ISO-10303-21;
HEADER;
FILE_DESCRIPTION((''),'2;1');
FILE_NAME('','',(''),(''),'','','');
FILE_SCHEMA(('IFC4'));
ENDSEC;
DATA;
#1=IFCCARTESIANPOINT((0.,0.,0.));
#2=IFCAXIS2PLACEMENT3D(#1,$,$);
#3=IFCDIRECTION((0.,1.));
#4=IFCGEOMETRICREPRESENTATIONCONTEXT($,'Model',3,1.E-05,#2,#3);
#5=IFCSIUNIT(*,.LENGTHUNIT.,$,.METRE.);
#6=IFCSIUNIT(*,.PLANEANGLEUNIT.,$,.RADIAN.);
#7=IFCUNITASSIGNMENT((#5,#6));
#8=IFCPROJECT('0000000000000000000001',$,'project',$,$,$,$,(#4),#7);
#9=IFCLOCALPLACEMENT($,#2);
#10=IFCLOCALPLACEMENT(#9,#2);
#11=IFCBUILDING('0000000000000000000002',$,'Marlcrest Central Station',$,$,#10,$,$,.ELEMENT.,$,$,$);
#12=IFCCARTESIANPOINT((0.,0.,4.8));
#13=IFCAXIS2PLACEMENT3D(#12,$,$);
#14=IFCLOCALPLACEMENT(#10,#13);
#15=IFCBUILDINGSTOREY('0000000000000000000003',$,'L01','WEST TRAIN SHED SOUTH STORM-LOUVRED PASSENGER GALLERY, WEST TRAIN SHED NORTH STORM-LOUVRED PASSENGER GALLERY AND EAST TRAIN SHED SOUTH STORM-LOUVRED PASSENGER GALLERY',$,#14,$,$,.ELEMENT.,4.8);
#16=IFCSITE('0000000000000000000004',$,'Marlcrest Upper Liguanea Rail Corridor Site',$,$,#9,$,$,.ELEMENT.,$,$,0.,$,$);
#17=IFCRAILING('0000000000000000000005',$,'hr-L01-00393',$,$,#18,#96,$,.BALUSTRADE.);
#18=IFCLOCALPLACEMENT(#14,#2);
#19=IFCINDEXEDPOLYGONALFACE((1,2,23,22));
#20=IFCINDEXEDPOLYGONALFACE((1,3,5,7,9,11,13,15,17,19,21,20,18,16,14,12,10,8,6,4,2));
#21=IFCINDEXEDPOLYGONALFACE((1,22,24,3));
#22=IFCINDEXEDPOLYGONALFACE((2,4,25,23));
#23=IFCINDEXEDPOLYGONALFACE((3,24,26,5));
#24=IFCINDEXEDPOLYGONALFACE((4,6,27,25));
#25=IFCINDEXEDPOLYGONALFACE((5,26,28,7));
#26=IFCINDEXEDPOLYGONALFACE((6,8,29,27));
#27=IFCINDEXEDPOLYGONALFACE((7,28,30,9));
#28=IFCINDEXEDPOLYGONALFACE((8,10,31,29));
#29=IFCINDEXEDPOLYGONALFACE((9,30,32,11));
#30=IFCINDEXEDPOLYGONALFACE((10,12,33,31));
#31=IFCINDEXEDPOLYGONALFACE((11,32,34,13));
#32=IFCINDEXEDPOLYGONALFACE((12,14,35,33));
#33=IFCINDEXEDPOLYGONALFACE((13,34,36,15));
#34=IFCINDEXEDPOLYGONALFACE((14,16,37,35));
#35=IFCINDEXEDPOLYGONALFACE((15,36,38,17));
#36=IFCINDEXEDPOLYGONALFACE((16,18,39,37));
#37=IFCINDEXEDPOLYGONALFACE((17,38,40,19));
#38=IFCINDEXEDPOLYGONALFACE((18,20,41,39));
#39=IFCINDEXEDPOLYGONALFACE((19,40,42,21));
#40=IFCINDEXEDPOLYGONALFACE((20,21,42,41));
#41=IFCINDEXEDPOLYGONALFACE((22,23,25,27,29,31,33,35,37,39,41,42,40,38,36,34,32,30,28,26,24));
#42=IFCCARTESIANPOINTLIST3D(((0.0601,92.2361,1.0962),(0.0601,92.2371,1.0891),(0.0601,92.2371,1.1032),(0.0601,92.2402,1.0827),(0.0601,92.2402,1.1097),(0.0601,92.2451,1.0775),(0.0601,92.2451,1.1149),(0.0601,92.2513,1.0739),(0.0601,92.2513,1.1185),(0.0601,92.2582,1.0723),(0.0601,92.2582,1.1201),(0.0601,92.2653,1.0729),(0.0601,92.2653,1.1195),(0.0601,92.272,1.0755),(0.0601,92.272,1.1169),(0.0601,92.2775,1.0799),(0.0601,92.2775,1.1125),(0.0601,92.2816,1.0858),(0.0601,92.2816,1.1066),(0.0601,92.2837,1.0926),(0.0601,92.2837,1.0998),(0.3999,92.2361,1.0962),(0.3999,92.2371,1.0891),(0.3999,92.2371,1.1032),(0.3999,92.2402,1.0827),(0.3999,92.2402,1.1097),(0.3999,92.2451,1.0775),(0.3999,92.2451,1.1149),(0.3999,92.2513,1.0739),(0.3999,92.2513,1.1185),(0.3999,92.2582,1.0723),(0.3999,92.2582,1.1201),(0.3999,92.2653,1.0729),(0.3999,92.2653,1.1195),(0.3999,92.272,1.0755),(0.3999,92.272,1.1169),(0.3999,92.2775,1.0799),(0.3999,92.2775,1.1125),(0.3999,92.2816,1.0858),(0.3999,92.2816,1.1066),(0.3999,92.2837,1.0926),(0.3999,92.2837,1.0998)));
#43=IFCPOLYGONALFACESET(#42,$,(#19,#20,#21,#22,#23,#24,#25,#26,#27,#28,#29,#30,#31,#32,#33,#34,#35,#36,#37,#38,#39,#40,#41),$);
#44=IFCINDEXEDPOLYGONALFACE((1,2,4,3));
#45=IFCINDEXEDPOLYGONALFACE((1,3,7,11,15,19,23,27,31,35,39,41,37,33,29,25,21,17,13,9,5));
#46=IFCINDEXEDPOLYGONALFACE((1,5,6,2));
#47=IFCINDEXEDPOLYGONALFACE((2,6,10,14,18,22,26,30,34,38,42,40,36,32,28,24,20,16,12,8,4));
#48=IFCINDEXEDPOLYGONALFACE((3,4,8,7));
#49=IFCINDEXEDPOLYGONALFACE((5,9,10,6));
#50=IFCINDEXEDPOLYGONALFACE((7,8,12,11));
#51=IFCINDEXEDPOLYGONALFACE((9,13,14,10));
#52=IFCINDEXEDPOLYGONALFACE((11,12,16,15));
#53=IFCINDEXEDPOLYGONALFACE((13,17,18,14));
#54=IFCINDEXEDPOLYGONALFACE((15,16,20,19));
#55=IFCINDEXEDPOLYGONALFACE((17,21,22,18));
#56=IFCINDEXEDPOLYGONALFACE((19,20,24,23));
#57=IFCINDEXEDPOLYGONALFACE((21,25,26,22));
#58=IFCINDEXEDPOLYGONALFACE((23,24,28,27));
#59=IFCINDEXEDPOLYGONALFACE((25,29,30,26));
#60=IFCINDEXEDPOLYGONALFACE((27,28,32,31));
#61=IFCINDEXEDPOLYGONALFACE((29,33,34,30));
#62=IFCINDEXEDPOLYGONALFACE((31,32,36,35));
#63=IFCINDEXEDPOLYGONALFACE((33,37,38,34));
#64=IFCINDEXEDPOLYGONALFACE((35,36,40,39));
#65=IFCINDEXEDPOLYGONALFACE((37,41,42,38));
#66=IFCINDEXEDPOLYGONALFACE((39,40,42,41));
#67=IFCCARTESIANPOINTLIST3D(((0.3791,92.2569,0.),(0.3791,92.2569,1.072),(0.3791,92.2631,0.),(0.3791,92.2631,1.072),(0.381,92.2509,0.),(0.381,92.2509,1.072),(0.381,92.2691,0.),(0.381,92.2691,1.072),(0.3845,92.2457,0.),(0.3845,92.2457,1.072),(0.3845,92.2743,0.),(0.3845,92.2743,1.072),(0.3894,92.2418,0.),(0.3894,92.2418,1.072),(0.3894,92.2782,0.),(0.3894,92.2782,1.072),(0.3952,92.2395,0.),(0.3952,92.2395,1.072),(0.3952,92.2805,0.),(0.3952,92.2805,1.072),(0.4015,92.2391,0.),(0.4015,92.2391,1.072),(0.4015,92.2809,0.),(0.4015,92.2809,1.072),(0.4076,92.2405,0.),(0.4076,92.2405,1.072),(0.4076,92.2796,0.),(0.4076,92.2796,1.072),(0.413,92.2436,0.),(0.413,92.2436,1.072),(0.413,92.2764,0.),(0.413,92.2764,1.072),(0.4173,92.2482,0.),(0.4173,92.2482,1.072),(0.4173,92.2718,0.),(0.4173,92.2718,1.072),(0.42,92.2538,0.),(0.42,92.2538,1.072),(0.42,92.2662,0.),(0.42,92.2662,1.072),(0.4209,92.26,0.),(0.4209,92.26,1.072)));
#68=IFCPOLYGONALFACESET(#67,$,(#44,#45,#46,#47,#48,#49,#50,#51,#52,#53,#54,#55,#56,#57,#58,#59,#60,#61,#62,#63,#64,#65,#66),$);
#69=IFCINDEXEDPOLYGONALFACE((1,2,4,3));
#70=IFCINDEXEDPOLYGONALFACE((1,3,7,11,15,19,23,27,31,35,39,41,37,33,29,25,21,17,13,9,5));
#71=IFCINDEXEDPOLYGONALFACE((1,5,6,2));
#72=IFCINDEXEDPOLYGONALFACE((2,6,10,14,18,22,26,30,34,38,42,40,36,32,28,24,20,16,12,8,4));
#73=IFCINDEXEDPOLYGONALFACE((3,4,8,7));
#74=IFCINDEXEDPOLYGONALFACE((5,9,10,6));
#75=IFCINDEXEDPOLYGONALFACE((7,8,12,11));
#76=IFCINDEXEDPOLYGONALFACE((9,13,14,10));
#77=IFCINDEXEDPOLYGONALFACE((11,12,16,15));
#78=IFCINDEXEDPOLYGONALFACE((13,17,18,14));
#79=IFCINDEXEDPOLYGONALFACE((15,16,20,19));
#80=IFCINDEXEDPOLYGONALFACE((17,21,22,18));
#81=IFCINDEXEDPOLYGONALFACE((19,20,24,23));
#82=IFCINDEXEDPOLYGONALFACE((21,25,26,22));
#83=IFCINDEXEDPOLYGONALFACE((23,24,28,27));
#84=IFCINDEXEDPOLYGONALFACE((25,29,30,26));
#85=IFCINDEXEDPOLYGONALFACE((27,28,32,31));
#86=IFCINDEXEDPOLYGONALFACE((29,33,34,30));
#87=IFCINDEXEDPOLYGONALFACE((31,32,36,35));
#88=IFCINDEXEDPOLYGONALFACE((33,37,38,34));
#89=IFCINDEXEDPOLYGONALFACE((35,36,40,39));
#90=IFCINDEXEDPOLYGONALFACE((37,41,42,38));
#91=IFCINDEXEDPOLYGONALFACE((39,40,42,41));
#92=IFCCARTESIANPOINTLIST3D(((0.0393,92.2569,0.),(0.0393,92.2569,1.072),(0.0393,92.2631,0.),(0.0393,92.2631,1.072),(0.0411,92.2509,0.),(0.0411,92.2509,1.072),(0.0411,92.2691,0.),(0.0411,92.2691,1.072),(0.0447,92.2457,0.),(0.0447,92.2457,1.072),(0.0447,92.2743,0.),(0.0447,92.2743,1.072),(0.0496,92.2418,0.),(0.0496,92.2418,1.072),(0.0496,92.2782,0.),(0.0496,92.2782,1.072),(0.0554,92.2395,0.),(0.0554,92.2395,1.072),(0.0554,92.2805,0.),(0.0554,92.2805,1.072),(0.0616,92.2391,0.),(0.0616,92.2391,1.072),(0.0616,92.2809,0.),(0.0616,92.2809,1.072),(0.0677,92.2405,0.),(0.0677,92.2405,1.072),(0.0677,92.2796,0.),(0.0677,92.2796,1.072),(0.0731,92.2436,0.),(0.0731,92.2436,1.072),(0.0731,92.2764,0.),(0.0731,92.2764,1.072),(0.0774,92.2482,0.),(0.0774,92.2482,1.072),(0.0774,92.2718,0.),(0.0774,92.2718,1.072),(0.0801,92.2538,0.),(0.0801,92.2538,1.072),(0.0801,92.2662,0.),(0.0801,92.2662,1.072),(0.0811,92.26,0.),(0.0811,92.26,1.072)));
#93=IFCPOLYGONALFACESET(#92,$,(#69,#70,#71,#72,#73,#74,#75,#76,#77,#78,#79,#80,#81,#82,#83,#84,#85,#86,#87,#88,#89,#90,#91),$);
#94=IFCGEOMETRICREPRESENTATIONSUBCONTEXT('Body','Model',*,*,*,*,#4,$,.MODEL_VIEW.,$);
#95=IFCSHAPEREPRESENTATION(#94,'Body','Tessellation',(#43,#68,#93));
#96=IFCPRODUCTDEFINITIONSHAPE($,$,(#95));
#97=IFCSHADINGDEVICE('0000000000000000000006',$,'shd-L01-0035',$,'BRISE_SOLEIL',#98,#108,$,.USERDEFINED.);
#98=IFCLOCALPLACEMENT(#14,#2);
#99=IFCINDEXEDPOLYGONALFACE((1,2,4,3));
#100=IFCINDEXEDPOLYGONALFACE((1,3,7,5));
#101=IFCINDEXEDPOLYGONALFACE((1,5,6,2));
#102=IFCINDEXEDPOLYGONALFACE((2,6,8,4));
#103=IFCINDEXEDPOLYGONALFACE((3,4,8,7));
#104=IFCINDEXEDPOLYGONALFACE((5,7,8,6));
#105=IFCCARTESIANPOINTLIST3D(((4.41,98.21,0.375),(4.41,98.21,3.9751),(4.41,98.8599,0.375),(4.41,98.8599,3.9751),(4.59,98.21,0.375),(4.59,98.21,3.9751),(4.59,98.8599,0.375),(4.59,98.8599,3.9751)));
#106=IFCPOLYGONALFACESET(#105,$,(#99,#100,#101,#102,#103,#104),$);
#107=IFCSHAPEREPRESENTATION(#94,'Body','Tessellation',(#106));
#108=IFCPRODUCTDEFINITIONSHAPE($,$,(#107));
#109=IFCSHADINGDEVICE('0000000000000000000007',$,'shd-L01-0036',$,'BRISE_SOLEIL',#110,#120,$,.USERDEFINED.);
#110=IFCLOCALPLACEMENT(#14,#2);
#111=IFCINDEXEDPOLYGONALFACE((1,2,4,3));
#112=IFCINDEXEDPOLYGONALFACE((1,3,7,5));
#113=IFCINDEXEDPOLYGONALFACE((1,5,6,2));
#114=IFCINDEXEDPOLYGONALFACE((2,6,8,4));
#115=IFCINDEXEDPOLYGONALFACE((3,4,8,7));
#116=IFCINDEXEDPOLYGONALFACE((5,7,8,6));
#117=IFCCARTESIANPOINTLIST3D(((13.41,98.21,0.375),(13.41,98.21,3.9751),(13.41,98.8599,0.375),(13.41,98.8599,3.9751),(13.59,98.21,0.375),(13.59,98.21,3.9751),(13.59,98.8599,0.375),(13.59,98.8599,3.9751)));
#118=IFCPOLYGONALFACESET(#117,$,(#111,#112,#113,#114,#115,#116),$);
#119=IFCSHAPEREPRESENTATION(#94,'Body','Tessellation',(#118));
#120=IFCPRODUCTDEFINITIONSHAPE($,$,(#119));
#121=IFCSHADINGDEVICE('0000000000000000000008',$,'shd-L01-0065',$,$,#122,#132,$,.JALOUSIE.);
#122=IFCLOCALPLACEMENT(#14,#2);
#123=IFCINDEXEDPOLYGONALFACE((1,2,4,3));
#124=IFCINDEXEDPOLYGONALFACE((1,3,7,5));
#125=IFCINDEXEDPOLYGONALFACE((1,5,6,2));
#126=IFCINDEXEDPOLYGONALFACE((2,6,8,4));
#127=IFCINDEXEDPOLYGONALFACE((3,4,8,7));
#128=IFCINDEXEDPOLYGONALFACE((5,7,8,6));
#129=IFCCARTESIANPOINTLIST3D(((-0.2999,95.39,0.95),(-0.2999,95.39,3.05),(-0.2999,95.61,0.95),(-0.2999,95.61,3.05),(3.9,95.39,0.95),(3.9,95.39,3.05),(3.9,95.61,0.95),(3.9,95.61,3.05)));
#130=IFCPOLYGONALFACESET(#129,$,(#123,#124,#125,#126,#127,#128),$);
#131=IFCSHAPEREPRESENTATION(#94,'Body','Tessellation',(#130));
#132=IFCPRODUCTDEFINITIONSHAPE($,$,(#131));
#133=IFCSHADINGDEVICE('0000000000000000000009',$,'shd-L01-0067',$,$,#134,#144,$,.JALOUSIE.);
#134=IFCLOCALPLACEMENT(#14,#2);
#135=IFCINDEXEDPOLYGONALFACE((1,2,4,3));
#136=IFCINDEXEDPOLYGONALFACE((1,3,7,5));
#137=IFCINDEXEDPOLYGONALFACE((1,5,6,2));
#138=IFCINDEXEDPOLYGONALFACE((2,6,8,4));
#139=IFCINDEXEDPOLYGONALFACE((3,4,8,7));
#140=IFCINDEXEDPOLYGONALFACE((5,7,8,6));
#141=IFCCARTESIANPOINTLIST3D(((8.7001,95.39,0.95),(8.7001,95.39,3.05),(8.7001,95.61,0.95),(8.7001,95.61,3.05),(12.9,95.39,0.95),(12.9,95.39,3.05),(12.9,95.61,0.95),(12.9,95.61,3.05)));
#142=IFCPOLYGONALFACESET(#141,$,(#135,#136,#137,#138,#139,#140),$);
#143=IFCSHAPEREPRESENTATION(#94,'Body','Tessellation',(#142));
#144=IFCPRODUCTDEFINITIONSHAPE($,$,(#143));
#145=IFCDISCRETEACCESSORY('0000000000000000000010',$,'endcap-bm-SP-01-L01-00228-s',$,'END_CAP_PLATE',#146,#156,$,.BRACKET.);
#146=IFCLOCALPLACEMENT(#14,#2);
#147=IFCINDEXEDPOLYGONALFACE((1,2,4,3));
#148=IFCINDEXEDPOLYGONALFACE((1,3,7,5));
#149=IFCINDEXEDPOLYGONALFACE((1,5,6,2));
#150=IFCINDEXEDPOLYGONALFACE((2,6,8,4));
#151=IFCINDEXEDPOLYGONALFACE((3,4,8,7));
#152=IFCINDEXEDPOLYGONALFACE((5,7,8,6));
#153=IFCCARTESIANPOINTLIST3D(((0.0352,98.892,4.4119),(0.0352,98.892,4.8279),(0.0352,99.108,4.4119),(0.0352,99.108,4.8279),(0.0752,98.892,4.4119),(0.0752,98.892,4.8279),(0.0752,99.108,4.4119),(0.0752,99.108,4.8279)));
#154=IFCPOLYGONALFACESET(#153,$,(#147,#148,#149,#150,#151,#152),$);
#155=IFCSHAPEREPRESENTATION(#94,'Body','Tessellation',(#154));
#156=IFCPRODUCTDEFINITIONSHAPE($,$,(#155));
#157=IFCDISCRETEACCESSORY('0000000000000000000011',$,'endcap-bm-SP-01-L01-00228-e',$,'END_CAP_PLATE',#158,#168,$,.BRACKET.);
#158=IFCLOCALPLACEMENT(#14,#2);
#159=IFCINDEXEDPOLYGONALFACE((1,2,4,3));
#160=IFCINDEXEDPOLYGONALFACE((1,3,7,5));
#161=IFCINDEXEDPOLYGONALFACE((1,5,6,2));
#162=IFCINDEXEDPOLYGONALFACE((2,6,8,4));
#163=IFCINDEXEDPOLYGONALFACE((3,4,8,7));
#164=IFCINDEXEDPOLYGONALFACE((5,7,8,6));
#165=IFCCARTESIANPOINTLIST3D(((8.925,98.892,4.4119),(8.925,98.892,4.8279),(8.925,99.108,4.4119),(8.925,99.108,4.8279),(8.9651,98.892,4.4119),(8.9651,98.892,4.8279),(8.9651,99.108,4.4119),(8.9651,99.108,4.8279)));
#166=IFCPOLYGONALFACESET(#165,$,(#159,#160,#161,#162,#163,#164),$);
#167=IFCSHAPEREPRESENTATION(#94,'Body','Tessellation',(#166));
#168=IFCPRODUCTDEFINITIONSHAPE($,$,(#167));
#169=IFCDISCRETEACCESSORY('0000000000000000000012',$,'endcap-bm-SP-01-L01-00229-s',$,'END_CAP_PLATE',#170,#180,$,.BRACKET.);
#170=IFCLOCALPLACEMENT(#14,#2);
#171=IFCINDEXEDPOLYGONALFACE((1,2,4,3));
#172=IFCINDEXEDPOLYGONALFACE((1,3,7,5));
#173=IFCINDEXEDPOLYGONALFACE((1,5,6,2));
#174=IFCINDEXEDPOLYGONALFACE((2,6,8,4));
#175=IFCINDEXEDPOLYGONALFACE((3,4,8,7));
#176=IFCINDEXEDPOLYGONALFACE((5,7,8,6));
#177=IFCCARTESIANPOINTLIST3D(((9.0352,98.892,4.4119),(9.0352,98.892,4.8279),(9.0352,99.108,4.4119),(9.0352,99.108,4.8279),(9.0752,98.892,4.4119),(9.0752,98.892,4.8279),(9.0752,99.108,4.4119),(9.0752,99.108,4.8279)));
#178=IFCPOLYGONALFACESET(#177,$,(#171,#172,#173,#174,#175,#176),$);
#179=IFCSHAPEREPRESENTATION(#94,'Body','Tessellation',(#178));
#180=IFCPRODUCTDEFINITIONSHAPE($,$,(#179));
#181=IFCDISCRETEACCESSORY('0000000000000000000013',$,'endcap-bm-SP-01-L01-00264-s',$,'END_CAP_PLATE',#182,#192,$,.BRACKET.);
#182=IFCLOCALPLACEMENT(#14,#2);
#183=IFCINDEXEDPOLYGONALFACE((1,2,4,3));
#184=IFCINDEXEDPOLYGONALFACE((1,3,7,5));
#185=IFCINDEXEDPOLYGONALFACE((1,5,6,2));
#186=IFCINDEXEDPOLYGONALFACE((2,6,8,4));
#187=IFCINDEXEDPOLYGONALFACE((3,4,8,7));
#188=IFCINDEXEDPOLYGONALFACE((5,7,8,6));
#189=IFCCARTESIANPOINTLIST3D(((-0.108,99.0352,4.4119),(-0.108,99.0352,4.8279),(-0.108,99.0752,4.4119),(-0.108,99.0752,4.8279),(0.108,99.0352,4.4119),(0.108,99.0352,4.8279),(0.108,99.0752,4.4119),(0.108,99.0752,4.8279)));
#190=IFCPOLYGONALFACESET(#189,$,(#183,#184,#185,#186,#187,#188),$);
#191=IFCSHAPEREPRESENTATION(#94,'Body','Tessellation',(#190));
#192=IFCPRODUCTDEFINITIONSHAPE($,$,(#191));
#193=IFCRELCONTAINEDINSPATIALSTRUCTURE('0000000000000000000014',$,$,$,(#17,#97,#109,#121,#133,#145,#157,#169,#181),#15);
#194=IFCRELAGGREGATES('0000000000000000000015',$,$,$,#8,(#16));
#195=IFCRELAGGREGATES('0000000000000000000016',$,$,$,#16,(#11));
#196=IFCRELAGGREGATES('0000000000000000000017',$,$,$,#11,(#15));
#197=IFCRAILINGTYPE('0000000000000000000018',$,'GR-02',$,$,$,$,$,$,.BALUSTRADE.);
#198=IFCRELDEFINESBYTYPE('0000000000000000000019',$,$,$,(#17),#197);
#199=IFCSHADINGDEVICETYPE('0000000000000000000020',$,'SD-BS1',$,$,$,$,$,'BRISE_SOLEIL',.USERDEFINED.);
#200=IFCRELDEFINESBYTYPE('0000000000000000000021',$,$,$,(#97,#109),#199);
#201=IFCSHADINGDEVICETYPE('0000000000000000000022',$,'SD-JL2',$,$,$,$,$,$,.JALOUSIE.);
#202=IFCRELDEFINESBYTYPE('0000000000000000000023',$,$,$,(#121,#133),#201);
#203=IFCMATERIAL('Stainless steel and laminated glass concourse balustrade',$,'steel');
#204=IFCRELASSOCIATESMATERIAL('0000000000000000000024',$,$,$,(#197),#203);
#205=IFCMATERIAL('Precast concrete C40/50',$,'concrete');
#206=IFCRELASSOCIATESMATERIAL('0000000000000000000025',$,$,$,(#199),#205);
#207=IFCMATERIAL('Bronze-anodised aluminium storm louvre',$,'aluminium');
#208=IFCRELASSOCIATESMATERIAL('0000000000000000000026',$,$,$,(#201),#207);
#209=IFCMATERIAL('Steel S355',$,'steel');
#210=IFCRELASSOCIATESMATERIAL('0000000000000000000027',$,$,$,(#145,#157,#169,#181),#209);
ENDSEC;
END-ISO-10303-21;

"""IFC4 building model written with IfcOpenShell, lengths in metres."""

from ifc_helpers import new_model, si_unit, direction, frame, origin, origin_2d, place, context, subcontext, project, spatial, rectangle, circle, extrude, material, type_object, element, save


model = new_model("IFC4")

# Units and contexts
model_context = context("Model", 3, precision=1e-05, world=origin(), true_north=direction((0.0, 1.0)))
body_context = subcontext(model_context, "Body", "Model", "MODEL_VIEW")
ifc_project = project(units=[si_unit("LENGTHUNIT", "METRE"), si_unit("PLANEANGLEUNIT", "RADIAN")], contexts=[model_context])

# Site, building, storey
site_placement = place(None, origin())
site = spatial("IfcSite", under=ifc_project, at=site_placement, Name="Marlcrest Upper Liguanea Rail Corridor Site", CompositionType="ELEMENT", RefElevation=0.0)
building_placement = place(site_placement, origin())
building = spatial("IfcBuilding", under=site, at=building_placement, Name="Marlcrest Central Station", CompositionType="ELEMENT")
storey_placement = place(building_placement, frame((0.0, 0.0, 4.8)))
storey = spatial("IfcBuildingStorey", under=building, at=storey_placement, Name="L01", Description="WEST TRAIN SHED SOUTH STORM-LOUVRED PASSENGER GALLERY, WEST TRAIN SHED NORTH STORM-LOUVRED PASSENGER GALLERY AND EAST TRAIN SHED SOUTH STORM-LOUVRED PASSENGER GALLERY", CompositionType="ELEMENT", Elevation=4.8)

# Shared definitions
ifc_material_1 = material(Name="Steel S355", Category="steel")

# Railing
ifc_material_2 = material(Name="Stainless steel and laminated glass concourse balustrade", Category="steel")
railing_type = type_object("IfcRailingType", Name="GR-02", PredefinedType="BALUSTRADE", material=ifc_material_2)
railing_1_placement = place(storey_placement, frame((0.3999, 92.26, 0.0)))
element("IfcRailing", 1, at=railing_1_placement, inside=storey, type_object=railing_type, Name="hr-L01-00393", PredefinedType="BALUSTRADE", context=body_context, shape_type="SweptSolid", body=[
    extrude(circle(Radius=0.0239, at=origin_2d()), frame((0.0, 0.0, 1.0962), z_axis=(-1.0, 0.0, 0.0), x_axis=(0.0, -1.0, 0.0)), (0.0, 0.0, 1.0), 0.3398),
    extrude(circle(Radius=0.021, at=origin_2d()), origin(), (0.0, 0.0, 1.0), 1.072),
    extrude(circle(Radius=0.021, at=origin_2d()), frame((-0.3398, 0.0, 0.0)), (0.0, 0.0, 1.0), 1.072),
])

# Shading devices
ifc_material_3 = material(Name="Precast concrete C40/50", Category="concrete")
shading_device_type_1 = type_object("IfcShadingDeviceType", Name="SD-BS1", ElementType="BRISE_SOLEIL", PredefinedType="USERDEFINED", material=ifc_material_3)
for number, where, z_axis, x_axis, name in (
    (2, (4.5, 98.5349, 0.375), (0.0, 0.0, 1.0), (1.0, 0.0, 0.0), "shd-L01-0035"),
    (3, (13.5, 98.5349, 0.375), (0.0, 0.0, 1.0), (1.0, 0.0, 0.0), "shd-L01-0036"),
):
    element("IfcShadingDevice", number, at=place(storey_placement, frame(where, z_axis=z_axis, x_axis=x_axis)), inside=storey, type_object=shading_device_type_1, Name=name, ObjectType="BRISE_SOLEIL", PredefinedType="USERDEFINED", context=body_context, shape_type="SweptSolid", body=[
        extrude(rectangle(XDim=0.1799, YDim=0.6499, at=origin_2d()), origin(), (0.0, 0.0, 1.0), 3.6001),
    ])
ifc_material_4 = material(Name="Bronze-anodised aluminium storm louvre", Category="aluminium")
shading_device_type_2 = type_object("IfcShadingDeviceType", Name="SD-JL2", PredefinedType="JALOUSIE", material=ifc_material_4)
for number, where, z_axis, x_axis, name in (
    (4, (1.8, 95.5, 0.95), (0.0, 0.0, 1.0), (1.0, 0.0, 0.0), "shd-L01-0065"),
    (5, (10.8, 95.5, 0.95), (0.0, 0.0, 1.0), (1.0, 0.0, 0.0), "shd-L01-0067"),
):
    element("IfcShadingDevice", number, at=place(storey_placement, frame(where, z_axis=z_axis, x_axis=x_axis)), inside=storey, type_object=shading_device_type_2, Name=name, PredefinedType="JALOUSIE", context=body_context, shape_type="SweptSolid", body=[
        extrude(rectangle(XDim=4.2, YDim=0.22, at=origin_2d()), origin(), (0.0, 0.0, 1.0), 2.1001),
    ])

# Discrete accessories
for number, where, z_axis, x_axis, name in (
    (6, (0.0352, 99.0, 4.6199), (1.0, 0.0, 0.0), (0.0, 1.0, 0.0), "endcap-bm-SP-01-L01-00228-s"),
    (7, (8.925, 99.0, 4.6199), (1.0, 0.0, 0.0), (0.0, 1.0, 0.0), "endcap-bm-SP-01-L01-00228-e"),
    (8, (9.0352, 99.0, 4.6199), (1.0, 0.0, 0.0), (0.0, 1.0, 0.0), "endcap-bm-SP-01-L01-00229-s"),
    (9, (0.0, 99.0352, 4.6199), (0.0, 1.0, 0.0), (-1.0, 0.0, 0.0), "endcap-bm-SP-01-L01-00264-s"),
):
    element("IfcDiscreteAccessory", number, at=place(storey_placement, frame(where, z_axis=z_axis, x_axis=x_axis)), inside=storey, material=ifc_material_1, Name=name, ObjectType="END_CAP_PLATE", PredefinedType="BRACKET", context=body_context, shape_type="SweptSolid", body=[
        extrude(rectangle(XDim=0.2161, YDim=0.416, at=origin_2d()), origin(), (0.0, 0.0, 1.0), 0.04),
    ])

save(model, "model.ifc")
